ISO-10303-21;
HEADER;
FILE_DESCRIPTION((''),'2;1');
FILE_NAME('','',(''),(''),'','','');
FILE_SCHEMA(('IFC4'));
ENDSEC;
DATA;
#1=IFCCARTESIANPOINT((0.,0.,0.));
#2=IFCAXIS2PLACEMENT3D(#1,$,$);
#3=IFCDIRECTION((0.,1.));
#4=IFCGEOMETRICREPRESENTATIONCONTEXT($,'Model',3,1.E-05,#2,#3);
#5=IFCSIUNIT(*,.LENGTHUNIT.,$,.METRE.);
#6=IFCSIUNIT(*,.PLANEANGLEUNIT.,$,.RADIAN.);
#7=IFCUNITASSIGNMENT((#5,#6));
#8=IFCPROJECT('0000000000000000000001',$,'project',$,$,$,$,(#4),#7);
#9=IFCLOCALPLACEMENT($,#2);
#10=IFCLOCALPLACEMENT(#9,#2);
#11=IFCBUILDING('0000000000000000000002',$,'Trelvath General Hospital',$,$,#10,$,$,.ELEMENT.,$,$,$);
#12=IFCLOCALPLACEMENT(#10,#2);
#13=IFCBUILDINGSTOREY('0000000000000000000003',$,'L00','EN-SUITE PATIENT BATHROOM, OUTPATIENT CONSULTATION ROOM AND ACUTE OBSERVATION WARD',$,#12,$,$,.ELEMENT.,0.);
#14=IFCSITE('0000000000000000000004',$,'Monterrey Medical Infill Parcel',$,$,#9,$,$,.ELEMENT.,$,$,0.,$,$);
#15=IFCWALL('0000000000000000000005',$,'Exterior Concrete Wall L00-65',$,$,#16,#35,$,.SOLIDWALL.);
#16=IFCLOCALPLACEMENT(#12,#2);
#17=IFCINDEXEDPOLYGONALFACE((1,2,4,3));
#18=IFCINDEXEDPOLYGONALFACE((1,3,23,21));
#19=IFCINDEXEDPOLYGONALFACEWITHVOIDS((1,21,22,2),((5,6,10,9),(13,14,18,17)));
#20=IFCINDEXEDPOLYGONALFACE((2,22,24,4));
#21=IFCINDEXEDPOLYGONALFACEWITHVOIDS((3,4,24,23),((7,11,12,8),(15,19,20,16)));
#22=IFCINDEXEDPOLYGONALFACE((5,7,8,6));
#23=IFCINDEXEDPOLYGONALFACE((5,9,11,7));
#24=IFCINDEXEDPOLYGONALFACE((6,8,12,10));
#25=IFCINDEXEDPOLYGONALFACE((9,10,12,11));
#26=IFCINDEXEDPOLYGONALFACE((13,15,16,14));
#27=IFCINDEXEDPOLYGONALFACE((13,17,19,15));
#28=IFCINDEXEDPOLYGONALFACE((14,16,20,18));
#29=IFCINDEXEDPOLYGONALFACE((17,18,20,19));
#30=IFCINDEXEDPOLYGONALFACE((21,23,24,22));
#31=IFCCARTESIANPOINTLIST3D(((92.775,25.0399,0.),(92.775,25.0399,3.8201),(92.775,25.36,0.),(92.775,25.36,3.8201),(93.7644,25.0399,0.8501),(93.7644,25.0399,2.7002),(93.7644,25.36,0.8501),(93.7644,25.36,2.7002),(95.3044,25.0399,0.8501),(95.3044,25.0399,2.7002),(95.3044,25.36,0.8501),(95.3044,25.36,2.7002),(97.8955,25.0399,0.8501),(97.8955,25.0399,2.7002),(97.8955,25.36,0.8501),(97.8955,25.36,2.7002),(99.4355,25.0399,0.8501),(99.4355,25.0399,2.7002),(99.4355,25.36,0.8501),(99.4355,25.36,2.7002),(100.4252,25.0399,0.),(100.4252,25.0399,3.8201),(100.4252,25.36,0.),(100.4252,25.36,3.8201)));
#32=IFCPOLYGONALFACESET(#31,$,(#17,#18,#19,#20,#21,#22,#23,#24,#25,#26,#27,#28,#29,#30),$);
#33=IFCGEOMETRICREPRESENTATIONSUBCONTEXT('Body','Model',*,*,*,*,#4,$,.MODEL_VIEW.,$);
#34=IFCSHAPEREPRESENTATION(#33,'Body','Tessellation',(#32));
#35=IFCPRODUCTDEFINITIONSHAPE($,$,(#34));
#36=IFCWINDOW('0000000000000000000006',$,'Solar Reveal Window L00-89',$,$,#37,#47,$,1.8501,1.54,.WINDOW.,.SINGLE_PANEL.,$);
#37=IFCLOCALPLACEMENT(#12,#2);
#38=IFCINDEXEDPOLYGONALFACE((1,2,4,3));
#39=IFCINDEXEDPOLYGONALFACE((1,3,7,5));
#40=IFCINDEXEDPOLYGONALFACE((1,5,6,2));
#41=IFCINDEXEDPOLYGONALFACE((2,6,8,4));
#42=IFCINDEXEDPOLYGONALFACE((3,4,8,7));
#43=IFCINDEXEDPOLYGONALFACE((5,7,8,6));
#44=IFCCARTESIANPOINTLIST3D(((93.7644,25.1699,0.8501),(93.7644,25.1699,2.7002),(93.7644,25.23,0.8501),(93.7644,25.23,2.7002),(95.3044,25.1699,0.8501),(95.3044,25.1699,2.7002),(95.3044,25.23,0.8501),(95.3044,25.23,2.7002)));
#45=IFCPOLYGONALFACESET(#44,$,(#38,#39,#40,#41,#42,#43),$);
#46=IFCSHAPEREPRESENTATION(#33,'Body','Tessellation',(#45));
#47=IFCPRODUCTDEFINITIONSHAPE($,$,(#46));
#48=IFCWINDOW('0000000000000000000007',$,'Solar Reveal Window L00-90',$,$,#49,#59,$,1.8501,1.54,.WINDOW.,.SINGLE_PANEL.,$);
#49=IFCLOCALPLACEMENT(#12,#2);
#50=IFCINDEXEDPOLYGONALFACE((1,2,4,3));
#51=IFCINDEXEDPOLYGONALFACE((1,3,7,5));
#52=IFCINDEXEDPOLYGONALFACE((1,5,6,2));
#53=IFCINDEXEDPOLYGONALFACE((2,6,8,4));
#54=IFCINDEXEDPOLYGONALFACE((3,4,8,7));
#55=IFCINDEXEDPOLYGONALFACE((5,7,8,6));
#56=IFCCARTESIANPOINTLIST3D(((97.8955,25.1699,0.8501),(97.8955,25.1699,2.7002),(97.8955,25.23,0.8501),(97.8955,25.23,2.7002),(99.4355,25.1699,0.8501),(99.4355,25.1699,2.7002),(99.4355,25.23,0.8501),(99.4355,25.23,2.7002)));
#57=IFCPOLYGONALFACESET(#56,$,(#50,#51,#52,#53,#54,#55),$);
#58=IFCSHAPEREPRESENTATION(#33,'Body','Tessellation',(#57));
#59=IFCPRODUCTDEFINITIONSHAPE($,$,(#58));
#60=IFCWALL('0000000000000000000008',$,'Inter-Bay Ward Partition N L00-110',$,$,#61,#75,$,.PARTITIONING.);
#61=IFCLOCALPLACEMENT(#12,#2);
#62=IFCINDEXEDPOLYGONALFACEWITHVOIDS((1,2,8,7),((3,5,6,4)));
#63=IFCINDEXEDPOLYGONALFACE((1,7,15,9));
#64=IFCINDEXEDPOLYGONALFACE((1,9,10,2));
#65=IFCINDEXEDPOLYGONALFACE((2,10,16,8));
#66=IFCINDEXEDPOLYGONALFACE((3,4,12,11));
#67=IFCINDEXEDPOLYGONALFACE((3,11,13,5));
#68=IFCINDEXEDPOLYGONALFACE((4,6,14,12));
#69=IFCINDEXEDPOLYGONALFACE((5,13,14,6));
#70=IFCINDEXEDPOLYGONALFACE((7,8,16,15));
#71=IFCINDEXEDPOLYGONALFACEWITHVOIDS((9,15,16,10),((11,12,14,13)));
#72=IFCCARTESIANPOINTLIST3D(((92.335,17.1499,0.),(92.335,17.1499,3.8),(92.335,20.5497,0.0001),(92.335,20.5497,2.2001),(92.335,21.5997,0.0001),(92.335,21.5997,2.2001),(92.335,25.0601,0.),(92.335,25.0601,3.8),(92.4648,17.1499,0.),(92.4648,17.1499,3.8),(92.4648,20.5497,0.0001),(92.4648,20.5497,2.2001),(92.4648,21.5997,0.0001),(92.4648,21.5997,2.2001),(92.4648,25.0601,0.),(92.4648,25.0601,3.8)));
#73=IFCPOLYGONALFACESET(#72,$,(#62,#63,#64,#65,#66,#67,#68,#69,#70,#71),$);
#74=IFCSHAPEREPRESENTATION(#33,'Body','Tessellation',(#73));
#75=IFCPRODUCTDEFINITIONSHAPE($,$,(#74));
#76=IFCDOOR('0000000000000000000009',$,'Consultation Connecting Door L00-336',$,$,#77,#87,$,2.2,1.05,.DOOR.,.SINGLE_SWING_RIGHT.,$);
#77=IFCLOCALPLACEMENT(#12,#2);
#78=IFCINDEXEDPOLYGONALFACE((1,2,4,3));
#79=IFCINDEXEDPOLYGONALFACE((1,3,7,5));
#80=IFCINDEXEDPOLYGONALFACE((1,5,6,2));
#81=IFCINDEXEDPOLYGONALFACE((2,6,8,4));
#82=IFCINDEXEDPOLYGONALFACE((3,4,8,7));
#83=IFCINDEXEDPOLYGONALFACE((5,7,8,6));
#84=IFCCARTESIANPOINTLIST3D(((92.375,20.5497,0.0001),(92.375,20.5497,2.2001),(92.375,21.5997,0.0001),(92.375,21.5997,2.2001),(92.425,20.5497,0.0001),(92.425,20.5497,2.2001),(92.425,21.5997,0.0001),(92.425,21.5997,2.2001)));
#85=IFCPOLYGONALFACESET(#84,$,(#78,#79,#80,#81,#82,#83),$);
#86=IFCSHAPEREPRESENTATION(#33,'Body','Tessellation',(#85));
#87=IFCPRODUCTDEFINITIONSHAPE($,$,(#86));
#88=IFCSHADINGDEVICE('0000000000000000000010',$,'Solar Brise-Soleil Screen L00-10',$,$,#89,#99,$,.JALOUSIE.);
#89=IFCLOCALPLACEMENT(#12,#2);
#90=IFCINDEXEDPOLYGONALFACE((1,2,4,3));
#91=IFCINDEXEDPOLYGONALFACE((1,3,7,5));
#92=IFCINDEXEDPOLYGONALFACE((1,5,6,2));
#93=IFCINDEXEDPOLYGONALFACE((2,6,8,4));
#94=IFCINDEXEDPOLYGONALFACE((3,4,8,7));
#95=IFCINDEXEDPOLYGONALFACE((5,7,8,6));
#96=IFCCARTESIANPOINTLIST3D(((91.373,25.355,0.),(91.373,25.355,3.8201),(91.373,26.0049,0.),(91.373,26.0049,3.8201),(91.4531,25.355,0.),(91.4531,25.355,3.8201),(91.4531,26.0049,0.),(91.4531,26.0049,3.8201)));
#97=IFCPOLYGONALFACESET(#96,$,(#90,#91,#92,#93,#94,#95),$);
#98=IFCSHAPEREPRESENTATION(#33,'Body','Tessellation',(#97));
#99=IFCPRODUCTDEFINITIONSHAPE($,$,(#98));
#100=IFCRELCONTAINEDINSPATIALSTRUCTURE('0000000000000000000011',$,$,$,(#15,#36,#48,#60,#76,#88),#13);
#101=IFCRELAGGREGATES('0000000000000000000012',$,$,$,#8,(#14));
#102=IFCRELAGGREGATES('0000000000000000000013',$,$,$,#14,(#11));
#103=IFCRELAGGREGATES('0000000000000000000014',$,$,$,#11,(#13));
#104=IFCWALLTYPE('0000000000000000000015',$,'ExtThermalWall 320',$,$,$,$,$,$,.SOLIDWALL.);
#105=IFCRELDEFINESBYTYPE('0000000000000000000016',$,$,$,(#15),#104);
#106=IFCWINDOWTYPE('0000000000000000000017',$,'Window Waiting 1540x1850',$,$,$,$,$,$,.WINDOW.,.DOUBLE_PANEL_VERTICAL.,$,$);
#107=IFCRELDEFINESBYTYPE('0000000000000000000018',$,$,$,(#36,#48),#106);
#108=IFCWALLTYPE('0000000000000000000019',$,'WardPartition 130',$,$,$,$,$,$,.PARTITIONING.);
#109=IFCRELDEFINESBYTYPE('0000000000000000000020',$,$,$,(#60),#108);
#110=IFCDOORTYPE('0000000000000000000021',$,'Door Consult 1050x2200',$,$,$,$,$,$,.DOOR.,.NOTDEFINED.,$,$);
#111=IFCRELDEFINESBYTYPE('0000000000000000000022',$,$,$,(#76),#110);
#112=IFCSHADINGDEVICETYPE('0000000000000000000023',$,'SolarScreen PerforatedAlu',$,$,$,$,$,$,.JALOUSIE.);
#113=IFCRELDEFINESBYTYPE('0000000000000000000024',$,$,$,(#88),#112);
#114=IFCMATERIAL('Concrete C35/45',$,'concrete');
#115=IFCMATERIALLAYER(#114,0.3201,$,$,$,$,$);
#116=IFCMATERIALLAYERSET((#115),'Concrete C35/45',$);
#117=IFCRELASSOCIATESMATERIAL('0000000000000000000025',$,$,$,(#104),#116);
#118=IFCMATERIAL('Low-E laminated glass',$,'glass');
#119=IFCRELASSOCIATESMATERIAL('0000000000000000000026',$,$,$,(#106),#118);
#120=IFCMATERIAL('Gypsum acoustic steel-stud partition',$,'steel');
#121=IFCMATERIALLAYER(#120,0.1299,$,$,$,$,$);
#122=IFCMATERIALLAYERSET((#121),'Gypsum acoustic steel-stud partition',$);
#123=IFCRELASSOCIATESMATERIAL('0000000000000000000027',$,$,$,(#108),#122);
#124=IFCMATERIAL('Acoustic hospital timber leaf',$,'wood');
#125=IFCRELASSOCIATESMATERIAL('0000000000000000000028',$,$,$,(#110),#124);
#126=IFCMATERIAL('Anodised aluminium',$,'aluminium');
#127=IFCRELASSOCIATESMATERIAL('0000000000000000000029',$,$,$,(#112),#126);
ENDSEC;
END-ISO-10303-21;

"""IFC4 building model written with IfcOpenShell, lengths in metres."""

from ifc_helpers import new_model, si_unit, direction, frame, frame_2d, origin, origin_2d, place, context, subcontext, project, spatial, rectangle, extrude, material, layer, layer_set, type_object, element, fill, save


model = new_model("IFC4")

# Units and contexts
model_context = context("Model", 3, precision=1e-05, world=origin(), true_north=direction((0.0, 1.0)))
body_context = subcontext(model_context, "Body", "Model", "MODEL_VIEW")
ifc_project = project(units=[si_unit("LENGTHUNIT", "METRE"), si_unit("PLANEANGLEUNIT", "RADIAN")], contexts=[model_context])

# Site, building, storey
site_placement = place(None, origin())
site = spatial("IfcSite", under=ifc_project, at=site_placement, Name="Monterrey Medical Infill Parcel", CompositionType="ELEMENT", RefElevation=0.0)
building_placement = place(site_placement, origin())
building = spatial("IfcBuilding", under=site, at=building_placement, Name="Trelvath General Hospital", CompositionType="ELEMENT")
storey_placement = place(building_placement, origin())
storey = spatial("IfcBuildingStorey", under=building, at=storey_placement, Name="L00", Description="EN-SUITE PATIENT BATHROOM, OUTPATIENT CONSULTATION ROOM AND ACUTE OBSERVATION WARD", CompositionType="ELEMENT", Elevation=0.0)

# Wall, openings, windows
ifc_material_1 = material(Name="Concrete C35/45", Category="concrete")
ifc_layer_1 = layer(ifc_material_1, 0.3201)
ifc_layer_set_1 = layer_set([ifc_layer_1], Name="Concrete C35/45")
wall_type_1 = type_object("IfcWallType", Name="ExtThermalWall 320", PredefinedType="SOLIDWALL", material=ifc_layer_set_1)
wall_1_placement = place(storey_placement, frame((92.7749, 25.2, 0.0), z_axis=(0.0, 0.0, 1.0), x_axis=(1.0, 0.0, 0.0)))
wall_1 = element("IfcWall", 1, at=wall_1_placement, inside=storey, type_object=wall_type_1, Name="Exterior Concrete Wall L00-65", PredefinedType="SOLIDWALL", context=body_context, shape_type="SweptSolid", body=[
    extrude(rectangle(XDim=7.6501, YDim=0.3201, at=frame_2d((3.8252, 0.0))), origin(), (0.0, 0.0, 1.0), 3.8201),
])
opening_1_placement = place(wall_1_placement, frame((0.9895, 0.0, 0.8501)))
opening_1 = element("IfcOpeningElement", 2, at=opening_1_placement, cuts=wall_1, PredefinedType="OPENING", context=body_context, shape_type="SweptSolid", body=[
    extrude(rectangle(XDim=1.54, YDim=1.8501, at=frame_2d((0.77, 0.925))), frame((0.0, 0.1699, 0.0), z_axis=(0.0, -1.0, 0.0), x_axis=(1.0, 0.0, 0.0)), (0.0, 0.0, 1.0), 0.3401),
])
opening_2_placement = place(wall_1_placement, frame((5.1206, 0.0, 0.8501)))
opening_2 = element("IfcOpeningElement", 3, at=opening_2_placement, cuts=wall_1, PredefinedType="OPENING", context=body_context, shape_type="SweptSolid", body=[
    extrude(rectangle(XDim=1.54, YDim=1.8501, at=frame_2d((0.77, 0.925))), frame((0.0, 0.1699, 0.0), z_axis=(0.0, -1.0, 0.0), x_axis=(1.0, 0.0, 0.0)), (0.0, 0.0, 1.0), 0.3401),
])
ifc_material_2 = material(Name="Low-E laminated glass", Category="glass")
window_type_1 = type_object("IfcWindowType", Name="Window Waiting 1540x1850", PartitioningType="DOUBLE_PANEL_VERTICAL", PredefinedType="WINDOW", material=ifc_material_2)
window_1_placement = place(opening_1_placement, origin())
window_1 = element("IfcWindow", 4, at=window_1_placement, inside=storey, type_object=window_type_1, Name="Solar Reveal Window L00-89", OverallHeight=1.8501, OverallWidth=1.54, PartitioningType="SINGLE_PANEL", PredefinedType="WINDOW", context=body_context, shape_type="SweptSolid", body=[
    extrude(rectangle(XDim=1.54, YDim=1.8501, at=frame_2d((0.77, 0.925))), frame((0.0, 0.03, 0.0), z_axis=(0.0, -1.0, 0.0), x_axis=(1.0, 0.0, 0.0)), (0.0, 0.0, 1.0), 0.0601),
])
fill(opening_1, window_1)
window_2_placement = place(opening_2_placement, origin())
window_2 = element("IfcWindow", 5, at=window_2_placement, inside=storey, type_object=window_type_1, Name="Solar Reveal Window L00-90", OverallHeight=1.8501, OverallWidth=1.54, PartitioningType="SINGLE_PANEL", PredefinedType="WINDOW", context=body_context, shape_type="SweptSolid", body=[
    extrude(rectangle(XDim=1.54, YDim=1.8501, at=frame_2d((0.77, 0.925))), frame((0.0, 0.03, 0.0), z_axis=(0.0, -1.0, 0.0), x_axis=(1.0, 0.0, 0.0)), (0.0, 0.0, 1.0), 0.0601),
])
fill(opening_2, window_2)

# Wall, opening, door
ifc_material_3 = material(Name="Gypsum acoustic steel-stud partition", Category="steel")
ifc_layer_2 = layer(ifc_material_3, 0.1299)
ifc_layer_set_2 = layer_set([ifc_layer_2], Name="Gypsum acoustic steel-stud partition")
wall_type_2 = type_object("IfcWallType", Name="WardPartition 130", PredefinedType="PARTITIONING", material=ifc_layer_set_2)
wall_2_placement = place(storey_placement, frame((92.3999, 17.1499, 0.0), z_axis=(0.0, 0.0, 1.0), x_axis=(0.0, 1.0, 0.0)))
wall_2 = element("IfcWall", 6, at=wall_2_placement, inside=storey, type_object=wall_type_2, Name="Inter-Bay Ward Partition N L00-110", PredefinedType="PARTITIONING", context=body_context, shape_type="SweptSolid", body=[
    extrude(rectangle(XDim=7.9102, YDim=0.1299, at=frame_2d((3.9551, 0.0))), origin(), (0.0, 0.0, 1.0), 3.8),
])
opening_3_placement = place(wall_2_placement, frame((3.3999, 0.0, 0.0)))
opening_3 = element("IfcOpeningElement", 7, at=opening_3_placement, cuts=wall_2, PredefinedType="OPENING", context=body_context, shape_type="SweptSolid", body=[
    extrude(rectangle(XDim=1.05, YDim=2.2, at=frame_2d((0.5249, 1.1001))), frame((0.0, 0.075, 0.0), z_axis=(0.0, -1.0, 0.0), x_axis=(1.0, 0.0, 0.0)), (0.0, 0.0, 1.0), 0.1499),
])
ifc_material_4 = material(Name="Acoustic hospital timber leaf", Category="wood")
door_type = type_object("IfcDoorType", Name="Door Consult 1050x2200", OperationType="NOTDEFINED", PredefinedType="DOOR", material=ifc_material_4)
door_placement = place(opening_3_placement, origin())
door = element("IfcDoor", 8, at=door_placement, inside=storey, type_object=door_type, Name="Consultation Connecting Door L00-336", OperationType="SINGLE_SWING_RIGHT", OverallHeight=2.2, OverallWidth=1.05, PredefinedType="DOOR", context=body_context, shape_type="SweptSolid", body=[
    extrude(rectangle(XDim=1.05, YDim=2.2, at=frame_2d((0.5249, 1.1001))), frame((0.0, 0.0249, 0.0), z_axis=(0.0, -1.0, 0.0), x_axis=(1.0, 0.0, 0.0)), (0.0, 0.0, 1.0), 0.05),
])
fill(opening_3, door)

# Shading device
ifc_material_5 = material(Name="Anodised aluminium", Category="aluminium")
shading_device_type = type_object("IfcShadingDeviceType", Name="SolarScreen PerforatedAlu", PredefinedType="JALOUSIE", material=ifc_material_5)
shading_device_placement = place(storey_placement, frame((91.4131, 25.6799, 0.0), z_axis=(0.0, 0.0, 1.0), x_axis=(0.0, 1.0, 0.0)))
element("IfcShadingDevice", 9, at=shading_device_placement, inside=storey, type_object=shading_device_type, Name="Solar Brise-Soleil Screen L00-10", PredefinedType="JALOUSIE", context=body_context, shape_type="SweptSolid", body=[
    extrude(rectangle(XDim=0.6499, YDim=0.0801, at=origin_2d()), origin(), (0.0, 0.0, 1.0), 3.8201),
])

save(model, "model.ifc")
